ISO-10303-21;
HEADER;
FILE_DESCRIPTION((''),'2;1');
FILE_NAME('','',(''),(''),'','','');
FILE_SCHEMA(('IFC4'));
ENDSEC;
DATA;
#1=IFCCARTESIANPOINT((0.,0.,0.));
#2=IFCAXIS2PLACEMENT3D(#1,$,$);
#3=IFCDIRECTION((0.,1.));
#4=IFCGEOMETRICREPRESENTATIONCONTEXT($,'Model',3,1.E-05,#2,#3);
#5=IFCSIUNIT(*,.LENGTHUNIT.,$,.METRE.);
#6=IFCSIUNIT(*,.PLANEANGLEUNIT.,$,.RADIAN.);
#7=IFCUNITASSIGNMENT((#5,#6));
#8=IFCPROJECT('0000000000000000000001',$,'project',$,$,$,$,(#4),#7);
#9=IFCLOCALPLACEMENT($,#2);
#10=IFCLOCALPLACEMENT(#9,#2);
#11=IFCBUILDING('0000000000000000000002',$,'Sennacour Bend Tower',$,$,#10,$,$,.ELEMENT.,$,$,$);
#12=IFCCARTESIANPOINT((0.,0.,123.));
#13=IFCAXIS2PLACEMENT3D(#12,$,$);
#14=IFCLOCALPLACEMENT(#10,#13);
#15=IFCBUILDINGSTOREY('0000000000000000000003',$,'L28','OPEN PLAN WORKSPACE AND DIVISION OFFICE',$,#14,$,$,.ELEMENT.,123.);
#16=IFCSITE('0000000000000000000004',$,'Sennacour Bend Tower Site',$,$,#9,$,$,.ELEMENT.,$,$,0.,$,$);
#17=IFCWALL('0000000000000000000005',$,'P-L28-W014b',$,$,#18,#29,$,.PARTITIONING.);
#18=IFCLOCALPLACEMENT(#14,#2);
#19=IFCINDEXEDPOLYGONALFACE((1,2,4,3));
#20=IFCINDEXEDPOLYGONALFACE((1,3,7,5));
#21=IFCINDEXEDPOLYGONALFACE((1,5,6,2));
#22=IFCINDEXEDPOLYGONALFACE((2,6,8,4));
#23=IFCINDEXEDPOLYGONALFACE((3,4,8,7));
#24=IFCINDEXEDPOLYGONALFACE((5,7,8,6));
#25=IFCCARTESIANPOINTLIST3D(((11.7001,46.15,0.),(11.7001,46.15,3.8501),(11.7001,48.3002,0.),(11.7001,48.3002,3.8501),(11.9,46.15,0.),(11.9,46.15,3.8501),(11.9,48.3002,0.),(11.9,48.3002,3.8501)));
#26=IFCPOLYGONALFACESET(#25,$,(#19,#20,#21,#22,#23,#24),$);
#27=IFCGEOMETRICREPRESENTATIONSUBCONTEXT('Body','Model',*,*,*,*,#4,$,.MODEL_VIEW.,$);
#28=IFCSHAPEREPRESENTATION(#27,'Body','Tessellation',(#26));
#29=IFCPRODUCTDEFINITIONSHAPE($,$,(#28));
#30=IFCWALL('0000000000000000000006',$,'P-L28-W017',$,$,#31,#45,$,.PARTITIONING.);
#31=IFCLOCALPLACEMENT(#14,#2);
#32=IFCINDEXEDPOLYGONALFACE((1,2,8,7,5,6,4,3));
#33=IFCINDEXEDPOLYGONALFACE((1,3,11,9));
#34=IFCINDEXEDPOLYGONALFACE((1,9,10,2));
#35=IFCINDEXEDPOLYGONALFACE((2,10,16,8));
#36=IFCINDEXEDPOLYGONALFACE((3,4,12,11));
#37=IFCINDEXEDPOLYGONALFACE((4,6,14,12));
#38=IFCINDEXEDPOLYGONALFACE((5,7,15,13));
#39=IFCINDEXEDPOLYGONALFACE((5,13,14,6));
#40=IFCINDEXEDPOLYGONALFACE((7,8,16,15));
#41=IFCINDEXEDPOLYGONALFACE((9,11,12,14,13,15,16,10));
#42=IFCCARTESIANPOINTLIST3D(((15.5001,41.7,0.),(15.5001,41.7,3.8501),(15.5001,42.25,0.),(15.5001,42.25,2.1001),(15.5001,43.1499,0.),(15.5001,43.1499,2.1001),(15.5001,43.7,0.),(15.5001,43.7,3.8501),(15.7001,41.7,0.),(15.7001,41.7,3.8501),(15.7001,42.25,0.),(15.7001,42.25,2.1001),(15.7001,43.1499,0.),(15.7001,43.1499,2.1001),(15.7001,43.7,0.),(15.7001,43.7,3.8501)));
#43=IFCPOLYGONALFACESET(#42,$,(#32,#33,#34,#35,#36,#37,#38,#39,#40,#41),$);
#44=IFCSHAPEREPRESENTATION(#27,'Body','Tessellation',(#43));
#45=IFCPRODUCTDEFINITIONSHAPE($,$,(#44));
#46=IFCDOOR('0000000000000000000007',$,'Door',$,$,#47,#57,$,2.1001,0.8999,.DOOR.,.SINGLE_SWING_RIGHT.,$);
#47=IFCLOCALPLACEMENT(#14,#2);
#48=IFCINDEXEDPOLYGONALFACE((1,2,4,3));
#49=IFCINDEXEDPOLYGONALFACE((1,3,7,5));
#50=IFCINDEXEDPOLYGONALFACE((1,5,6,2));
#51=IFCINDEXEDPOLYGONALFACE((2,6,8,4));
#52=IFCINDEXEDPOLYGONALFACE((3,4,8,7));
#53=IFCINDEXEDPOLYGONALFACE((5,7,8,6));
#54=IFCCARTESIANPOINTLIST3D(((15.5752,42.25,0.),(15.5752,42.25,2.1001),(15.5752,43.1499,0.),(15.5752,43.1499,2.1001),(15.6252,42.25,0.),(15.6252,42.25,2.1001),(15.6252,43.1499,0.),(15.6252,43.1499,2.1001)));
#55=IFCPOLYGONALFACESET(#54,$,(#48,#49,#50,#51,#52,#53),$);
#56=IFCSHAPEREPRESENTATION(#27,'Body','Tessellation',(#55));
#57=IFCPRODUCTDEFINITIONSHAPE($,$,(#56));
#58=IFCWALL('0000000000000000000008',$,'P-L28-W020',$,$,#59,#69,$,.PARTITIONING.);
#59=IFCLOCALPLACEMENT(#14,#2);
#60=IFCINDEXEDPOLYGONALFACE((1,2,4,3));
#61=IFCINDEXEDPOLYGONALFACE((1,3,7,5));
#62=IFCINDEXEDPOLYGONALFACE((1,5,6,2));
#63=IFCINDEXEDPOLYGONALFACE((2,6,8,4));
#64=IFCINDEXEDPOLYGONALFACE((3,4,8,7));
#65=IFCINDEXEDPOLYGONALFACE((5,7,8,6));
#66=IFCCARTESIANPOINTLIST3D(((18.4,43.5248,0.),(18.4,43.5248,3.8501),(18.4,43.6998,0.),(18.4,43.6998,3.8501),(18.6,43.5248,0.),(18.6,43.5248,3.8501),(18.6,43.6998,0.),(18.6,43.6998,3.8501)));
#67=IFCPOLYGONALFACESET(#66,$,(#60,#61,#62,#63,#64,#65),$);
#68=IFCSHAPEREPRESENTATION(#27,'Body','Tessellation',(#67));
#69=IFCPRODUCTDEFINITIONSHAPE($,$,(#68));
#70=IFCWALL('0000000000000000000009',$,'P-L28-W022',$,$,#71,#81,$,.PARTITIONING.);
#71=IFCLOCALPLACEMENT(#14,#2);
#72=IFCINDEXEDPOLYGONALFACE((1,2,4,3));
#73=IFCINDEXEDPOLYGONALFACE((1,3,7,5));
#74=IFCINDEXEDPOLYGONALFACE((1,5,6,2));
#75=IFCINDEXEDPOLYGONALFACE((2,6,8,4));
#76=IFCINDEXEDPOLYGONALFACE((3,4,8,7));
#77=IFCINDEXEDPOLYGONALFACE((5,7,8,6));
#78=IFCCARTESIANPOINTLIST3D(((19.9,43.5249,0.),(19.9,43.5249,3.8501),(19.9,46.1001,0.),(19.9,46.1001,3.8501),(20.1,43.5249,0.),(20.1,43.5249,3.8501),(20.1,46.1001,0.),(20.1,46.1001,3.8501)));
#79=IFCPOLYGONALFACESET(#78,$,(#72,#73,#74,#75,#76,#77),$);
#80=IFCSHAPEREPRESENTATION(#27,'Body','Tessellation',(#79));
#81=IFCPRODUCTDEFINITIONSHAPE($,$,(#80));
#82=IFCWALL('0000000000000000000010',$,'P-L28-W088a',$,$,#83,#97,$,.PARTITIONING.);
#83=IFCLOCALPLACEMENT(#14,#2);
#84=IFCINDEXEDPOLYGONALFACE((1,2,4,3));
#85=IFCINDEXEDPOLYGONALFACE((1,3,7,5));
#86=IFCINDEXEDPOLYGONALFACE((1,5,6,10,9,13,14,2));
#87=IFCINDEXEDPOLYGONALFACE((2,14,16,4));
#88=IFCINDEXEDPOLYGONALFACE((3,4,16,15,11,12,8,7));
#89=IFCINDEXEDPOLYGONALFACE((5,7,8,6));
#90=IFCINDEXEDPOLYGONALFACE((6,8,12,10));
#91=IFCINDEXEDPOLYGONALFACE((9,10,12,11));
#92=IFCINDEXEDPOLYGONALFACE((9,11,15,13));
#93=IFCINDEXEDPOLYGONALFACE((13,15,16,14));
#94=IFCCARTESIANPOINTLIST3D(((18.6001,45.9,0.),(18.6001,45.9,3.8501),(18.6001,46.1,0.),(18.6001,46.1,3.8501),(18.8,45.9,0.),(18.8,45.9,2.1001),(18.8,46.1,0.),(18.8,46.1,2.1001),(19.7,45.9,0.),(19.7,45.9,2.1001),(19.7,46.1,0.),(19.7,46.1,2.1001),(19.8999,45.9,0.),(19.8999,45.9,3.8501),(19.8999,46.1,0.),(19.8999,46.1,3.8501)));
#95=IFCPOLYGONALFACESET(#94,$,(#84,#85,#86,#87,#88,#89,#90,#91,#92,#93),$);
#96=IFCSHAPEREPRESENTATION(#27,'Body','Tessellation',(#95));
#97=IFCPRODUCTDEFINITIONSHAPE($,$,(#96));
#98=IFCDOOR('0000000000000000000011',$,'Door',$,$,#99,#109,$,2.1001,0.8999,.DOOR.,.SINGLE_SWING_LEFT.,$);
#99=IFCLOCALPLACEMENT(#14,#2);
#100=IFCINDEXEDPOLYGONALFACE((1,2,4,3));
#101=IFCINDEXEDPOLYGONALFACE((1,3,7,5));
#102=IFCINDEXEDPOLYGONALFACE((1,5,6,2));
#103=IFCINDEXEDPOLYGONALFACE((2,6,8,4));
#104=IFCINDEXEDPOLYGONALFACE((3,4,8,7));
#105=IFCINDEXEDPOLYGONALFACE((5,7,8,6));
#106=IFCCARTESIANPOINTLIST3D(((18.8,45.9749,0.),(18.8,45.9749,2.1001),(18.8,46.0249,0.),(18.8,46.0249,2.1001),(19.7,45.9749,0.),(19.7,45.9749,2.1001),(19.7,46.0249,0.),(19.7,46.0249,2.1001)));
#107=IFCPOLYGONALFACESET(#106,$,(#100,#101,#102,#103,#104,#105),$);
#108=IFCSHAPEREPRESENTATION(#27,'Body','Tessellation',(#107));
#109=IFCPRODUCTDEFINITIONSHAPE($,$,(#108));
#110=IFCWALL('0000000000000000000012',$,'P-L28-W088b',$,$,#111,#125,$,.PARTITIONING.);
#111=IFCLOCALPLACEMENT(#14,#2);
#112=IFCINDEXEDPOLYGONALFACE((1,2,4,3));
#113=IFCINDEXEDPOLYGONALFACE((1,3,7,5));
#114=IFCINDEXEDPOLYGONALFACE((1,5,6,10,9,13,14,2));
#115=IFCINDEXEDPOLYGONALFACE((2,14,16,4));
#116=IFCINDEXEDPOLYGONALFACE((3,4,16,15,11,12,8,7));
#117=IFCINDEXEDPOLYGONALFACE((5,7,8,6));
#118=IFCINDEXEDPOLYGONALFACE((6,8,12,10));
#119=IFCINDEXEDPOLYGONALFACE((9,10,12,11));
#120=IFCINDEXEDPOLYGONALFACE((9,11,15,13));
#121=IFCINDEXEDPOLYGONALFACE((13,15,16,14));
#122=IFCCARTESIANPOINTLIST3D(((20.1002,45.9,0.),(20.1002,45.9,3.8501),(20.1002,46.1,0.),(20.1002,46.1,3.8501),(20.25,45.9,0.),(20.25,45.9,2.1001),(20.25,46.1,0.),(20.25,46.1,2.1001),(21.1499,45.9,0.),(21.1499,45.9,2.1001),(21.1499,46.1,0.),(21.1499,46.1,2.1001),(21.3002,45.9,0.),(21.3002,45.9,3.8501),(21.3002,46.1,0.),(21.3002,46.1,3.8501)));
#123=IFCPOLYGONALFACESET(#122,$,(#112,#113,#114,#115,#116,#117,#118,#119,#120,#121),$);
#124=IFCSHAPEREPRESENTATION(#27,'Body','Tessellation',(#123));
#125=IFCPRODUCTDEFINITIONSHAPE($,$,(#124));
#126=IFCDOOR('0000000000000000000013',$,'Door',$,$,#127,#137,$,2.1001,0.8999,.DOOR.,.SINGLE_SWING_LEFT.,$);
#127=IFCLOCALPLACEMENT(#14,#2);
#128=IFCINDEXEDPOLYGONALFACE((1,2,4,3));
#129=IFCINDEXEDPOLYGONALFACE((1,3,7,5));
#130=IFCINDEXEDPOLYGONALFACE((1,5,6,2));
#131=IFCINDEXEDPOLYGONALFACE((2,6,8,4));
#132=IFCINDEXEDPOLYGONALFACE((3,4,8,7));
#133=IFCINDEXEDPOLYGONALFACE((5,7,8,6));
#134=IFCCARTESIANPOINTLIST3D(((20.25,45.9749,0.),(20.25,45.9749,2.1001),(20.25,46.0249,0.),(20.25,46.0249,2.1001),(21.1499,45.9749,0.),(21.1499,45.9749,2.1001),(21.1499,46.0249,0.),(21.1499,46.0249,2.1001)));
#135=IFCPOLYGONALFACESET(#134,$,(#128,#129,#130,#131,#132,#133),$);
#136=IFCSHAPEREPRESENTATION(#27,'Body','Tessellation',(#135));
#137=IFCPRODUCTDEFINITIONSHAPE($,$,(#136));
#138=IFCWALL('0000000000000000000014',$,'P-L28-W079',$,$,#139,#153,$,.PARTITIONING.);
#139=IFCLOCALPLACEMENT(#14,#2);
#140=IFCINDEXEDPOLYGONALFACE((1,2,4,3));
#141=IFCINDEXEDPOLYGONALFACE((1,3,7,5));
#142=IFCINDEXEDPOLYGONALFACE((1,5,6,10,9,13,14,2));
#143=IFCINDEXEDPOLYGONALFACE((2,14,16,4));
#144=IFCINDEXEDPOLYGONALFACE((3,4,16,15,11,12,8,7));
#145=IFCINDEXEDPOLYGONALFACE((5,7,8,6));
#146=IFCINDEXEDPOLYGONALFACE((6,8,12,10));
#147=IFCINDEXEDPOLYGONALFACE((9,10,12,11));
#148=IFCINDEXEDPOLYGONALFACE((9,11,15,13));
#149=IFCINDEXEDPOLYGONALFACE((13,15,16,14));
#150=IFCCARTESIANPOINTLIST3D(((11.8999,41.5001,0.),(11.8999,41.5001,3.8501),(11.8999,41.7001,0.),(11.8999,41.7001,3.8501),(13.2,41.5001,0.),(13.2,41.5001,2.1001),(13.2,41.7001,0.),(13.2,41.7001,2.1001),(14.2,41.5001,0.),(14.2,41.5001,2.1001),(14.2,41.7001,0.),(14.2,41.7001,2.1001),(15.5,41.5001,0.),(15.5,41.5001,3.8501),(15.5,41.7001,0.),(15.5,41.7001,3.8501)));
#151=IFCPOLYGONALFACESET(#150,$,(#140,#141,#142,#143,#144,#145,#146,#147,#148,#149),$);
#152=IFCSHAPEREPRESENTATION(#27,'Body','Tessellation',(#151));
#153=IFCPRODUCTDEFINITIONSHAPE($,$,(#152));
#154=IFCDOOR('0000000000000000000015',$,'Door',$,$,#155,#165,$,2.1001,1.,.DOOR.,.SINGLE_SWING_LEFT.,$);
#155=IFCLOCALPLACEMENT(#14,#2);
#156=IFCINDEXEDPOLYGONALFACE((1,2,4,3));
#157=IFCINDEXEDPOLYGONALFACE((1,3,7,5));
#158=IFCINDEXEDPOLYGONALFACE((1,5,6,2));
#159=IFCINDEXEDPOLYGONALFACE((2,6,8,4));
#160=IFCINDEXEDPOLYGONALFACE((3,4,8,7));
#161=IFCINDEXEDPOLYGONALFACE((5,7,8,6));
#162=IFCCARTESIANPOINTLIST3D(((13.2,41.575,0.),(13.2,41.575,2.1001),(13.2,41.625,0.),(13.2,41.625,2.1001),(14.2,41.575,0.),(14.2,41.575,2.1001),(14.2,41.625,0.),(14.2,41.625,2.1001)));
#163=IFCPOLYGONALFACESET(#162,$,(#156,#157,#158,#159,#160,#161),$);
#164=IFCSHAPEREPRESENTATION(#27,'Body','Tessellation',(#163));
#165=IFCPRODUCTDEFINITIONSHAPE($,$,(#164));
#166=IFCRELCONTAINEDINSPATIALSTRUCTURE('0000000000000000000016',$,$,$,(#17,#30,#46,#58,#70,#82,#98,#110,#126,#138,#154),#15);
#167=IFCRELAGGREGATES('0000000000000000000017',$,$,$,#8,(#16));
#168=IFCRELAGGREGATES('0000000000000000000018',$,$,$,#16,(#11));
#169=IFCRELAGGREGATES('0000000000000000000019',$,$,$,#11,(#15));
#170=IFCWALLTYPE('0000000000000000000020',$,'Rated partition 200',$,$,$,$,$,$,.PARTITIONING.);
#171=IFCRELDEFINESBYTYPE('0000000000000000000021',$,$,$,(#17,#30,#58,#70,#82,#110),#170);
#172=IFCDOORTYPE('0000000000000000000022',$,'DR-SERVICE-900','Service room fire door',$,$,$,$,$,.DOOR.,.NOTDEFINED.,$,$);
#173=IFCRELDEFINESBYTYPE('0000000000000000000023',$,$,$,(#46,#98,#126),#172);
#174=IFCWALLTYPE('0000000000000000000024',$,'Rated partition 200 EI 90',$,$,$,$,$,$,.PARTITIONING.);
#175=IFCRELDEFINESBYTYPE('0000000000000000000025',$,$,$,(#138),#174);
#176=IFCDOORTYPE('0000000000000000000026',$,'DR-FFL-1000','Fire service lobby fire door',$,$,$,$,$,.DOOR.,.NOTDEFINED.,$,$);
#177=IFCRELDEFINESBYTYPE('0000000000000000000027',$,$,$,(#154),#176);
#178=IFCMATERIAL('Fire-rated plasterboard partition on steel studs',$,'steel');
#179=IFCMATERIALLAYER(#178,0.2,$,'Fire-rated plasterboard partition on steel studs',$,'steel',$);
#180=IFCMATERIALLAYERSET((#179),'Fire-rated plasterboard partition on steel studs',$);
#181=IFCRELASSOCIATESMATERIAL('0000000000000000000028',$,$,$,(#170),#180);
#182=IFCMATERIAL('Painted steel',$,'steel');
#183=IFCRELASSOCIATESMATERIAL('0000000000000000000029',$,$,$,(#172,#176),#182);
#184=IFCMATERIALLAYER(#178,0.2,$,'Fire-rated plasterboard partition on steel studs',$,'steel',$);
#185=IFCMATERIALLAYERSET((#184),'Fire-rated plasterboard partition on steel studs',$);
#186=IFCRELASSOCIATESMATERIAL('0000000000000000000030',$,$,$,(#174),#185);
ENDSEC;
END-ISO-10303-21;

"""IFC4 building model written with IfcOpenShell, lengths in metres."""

from ifc_helpers import new_model, si_unit, direction, frame, frame_2d, origin, place, context, subcontext, project, spatial, rectangle, extrude, material, layer, layer_set, type_object, element, fill, save


model = new_model("IFC4")

# Units and contexts
model_context = context("Model", 3, precision=1e-05, world=origin(), true_north=direction((0.0, 1.0)))
body_context = subcontext(model_context, "Body", "Model", "MODEL_VIEW")
ifc_project = project(units=[si_unit("LENGTHUNIT", "METRE"), si_unit("PLANEANGLEUNIT", "RADIAN")], contexts=[model_context])

# Site, building, storey
site_placement = place(None, origin())
site = spatial("IfcSite", under=ifc_project, at=site_placement, Name="Sennacour Bend Tower Site", CompositionType="ELEMENT", RefElevation=0.0)
building_placement = place(site_placement, origin())
building = spatial("IfcBuilding", under=site, at=building_placement, Name="Sennacour Bend Tower", CompositionType="ELEMENT")
storey_placement = place(building_placement, frame((0.0, 0.0, 123.0)))
storey = spatial("IfcBuildingStorey", under=building, at=storey_placement, Name="L28", Description="OPEN PLAN WORKSPACE AND DIVISION OFFICE", CompositionType="ELEMENT", Elevation=123.0)

# Wall
ifc_material_1 = material(Name="Fire-rated plasterboard partition on steel studs", Category="steel")
ifc_layer_1 = layer(ifc_material_1, 0.2, Name="Fire-rated plasterboard partition on steel studs", Category="steel")
ifc_layer_set_1 = layer_set([ifc_layer_1], Name="Fire-rated plasterboard partition on steel studs")
wall_type_1 = type_object("IfcWallType", Name="Rated partition 200", PredefinedType="PARTITIONING", material=ifc_layer_set_1)
wall_1_placement = place(storey_placement, frame((11.8, 46.1499, 0.0), z_axis=(0.0, 0.0, 1.0), x_axis=(0.0, 1.0, 0.0)))
element("IfcWall", 1, at=wall_1_placement, inside=storey, type_object=wall_type_1, Name="P-L28-W014b", PredefinedType="PARTITIONING", context=body_context, shape_type="SweptSolid", body=[
    extrude(rectangle(XDim=2.1501, YDim=0.2, at=frame_2d((1.0752, 0.0))), origin(), (0.0, 0.0, 1.0), 3.8501),
])

# Wall, opening, door
wall_2_placement = place(storey_placement, frame((15.6001, 41.7, 0.0), z_axis=(0.0, 0.0, 1.0), x_axis=(0.0, 1.0, 0.0)))
wall_2 = element("IfcWall", 2, at=wall_2_placement, inside=storey, type_object=wall_type_1, Name="P-L28-W017", PredefinedType="PARTITIONING", context=body_context, shape_type="SweptSolid", body=[
    extrude(rectangle(XDim=2.0, YDim=0.2, at=frame_2d((1.0, 0.0))), origin(), (0.0, 0.0, 1.0), 3.8501),
])
opening_1_placement = place(wall_2_placement, frame((0.55, 0.0, 0.0)))
opening_1 = element("IfcOpeningElement", 3, at=opening_1_placement, cuts=wall_2, PredefinedType="OPENING", context=body_context, shape_type="SweptSolid", body=[
    extrude(rectangle(XDim=0.8999, YDim=2.1001, at=frame_2d((0.45, 1.05))), frame((0.0, 0.1099, 0.0), z_axis=(0.0, -1.0, 0.0), x_axis=(1.0, 0.0, 0.0)), (0.0, 0.0, 1.0), 0.22),
])
ifc_material_2 = material(Name="Painted steel", Category="steel")
door_type_1 = type_object("IfcDoorType", Name="DR-SERVICE-900", Description="Service room fire door", OperationType="NOTDEFINED", PredefinedType="DOOR", material=ifc_material_2)
door_1_placement = place(opening_1_placement, origin())
door_1 = element("IfcDoor", 4, at=door_1_placement, inside=storey, type_object=door_type_1, Name="Door", OperationType="SINGLE_SWING_RIGHT", OverallHeight=2.1001, OverallWidth=0.8999, PredefinedType="DOOR", context=body_context, shape_type="SweptSolid", body=[
    extrude(rectangle(XDim=0.8999, YDim=2.1001, at=frame_2d((0.45, 1.05))), frame((0.0, 0.0249, 0.0), z_axis=(0.0, -1.0, 0.0), x_axis=(1.0, 0.0, 0.0)), (0.0, 0.0, 1.0), 0.05),
])
fill(opening_1, door_1)

# Walls
wall_3_placement = place(storey_placement, frame((18.5, 43.5249, 0.0), z_axis=(0.0, 0.0, 1.0), x_axis=(0.0, 1.0, 0.0)))
element("IfcWall", 5, at=wall_3_placement, inside=storey, type_object=wall_type_1, Name="P-L28-W020", PredefinedType="PARTITIONING", context=body_context, shape_type="SweptSolid", body=[
    extrude(rectangle(XDim=0.175, YDim=0.2, at=frame_2d((0.0874, 0.0))), origin(), (0.0, 0.0, 1.0), 3.8501),
])
wall_4_placement = place(storey_placement, frame((20.0, 43.5249, 0.0), z_axis=(0.0, 0.0, 1.0), x_axis=(0.0, 1.0, 0.0)))
element("IfcWall", 6, at=wall_4_placement, inside=storey, type_object=wall_type_1, Name="P-L28-W022", PredefinedType="PARTITIONING", context=body_context, shape_type="SweptSolid", body=[
    extrude(rectangle(XDim=2.5752, YDim=0.2, at=frame_2d((1.2876, 0.0))), origin(), (0.0, 0.0, 1.0), 3.8501),
])

# Walls, openings, doors
wall_5_placement = place(storey_placement, frame((18.6001, 46.0, 0.0), z_axis=(0.0, 0.0, 1.0), x_axis=(1.0, 0.0, 0.0)))
wall_5 = element("IfcWall", 7, at=wall_5_placement, inside=storey, type_object=wall_type_1, Name="P-L28-W088a", PredefinedType="PARTITIONING", context=body_context, shape_type="SweptSolid", body=[
    extrude(rectangle(XDim=1.2998, YDim=0.2, at=frame_2d((0.6499, 0.0))), origin(), (0.0, 0.0, 1.0), 3.8501),
])
opening_2_placement = place(wall_5_placement, frame((0.2, 0.0, 0.0)))
opening_2 = element("IfcOpeningElement", 8, at=opening_2_placement, cuts=wall_5, PredefinedType="OPENING", context=body_context, shape_type="SweptSolid", body=[
    extrude(rectangle(XDim=0.8999, YDim=2.1001, at=frame_2d((0.45, 1.05))), frame((0.0, 0.1099, 0.0), z_axis=(0.0, -1.0, 0.0), x_axis=(1.0, 0.0, 0.0)), (0.0, 0.0, 1.0), 0.22),
])
door_2_placement = place(opening_2_placement, origin())
door_2 = element("IfcDoor", 9, at=door_2_placement, inside=storey, type_object=door_type_1, Name="Door", OperationType="SINGLE_SWING_LEFT", OverallHeight=2.1001, OverallWidth=0.8999, PredefinedType="DOOR", context=body_context, shape_type="SweptSolid", body=[
    extrude(rectangle(XDim=0.8999, YDim=2.1001, at=frame_2d((0.45, 1.05))), frame((0.0, 0.0249, 0.0), z_axis=(0.0, -1.0, 0.0), x_axis=(1.0, 0.0, 0.0)), (0.0, 0.0, 1.0), 0.05),
])
fill(opening_2, door_2)
wall_6_placement = place(storey_placement, frame((20.1001, 46.0, 0.0), z_axis=(0.0, 0.0, 1.0), x_axis=(1.0, 0.0, 0.0)))
wall_6 = element("IfcWall", 10, at=wall_6_placement, inside=storey, type_object=wall_type_1, Name="P-L28-W088b", PredefinedType="PARTITIONING", context=body_context, shape_type="SweptSolid", body=[
    extrude(rectangle(XDim=1.2, YDim=0.2, at=frame_2d((0.6001, 0.0))), origin(), (0.0, 0.0, 1.0), 3.8501),
])
opening_3_placement = place(wall_6_placement, frame((0.1499, 0.0, 0.0)))
opening_3 = element("IfcOpeningElement", 11, at=opening_3_placement, cuts=wall_6, PredefinedType="OPENING", context=body_context, shape_type="SweptSolid", body=[
    extrude(rectangle(XDim=0.8999, YDim=2.1001, at=frame_2d((0.45, 1.05))), frame((0.0, 0.1099, 0.0), z_axis=(0.0, -1.0, 0.0), x_axis=(1.0, 0.0, 0.0)), (0.0, 0.0, 1.0), 0.22),
])
door_3_placement = place(opening_3_placement, origin())
door_3 = element("IfcDoor", 12, at=door_3_placement, inside=storey, type_object=door_type_1, Name="Door", OperationType="SINGLE_SWING_LEFT", OverallHeight=2.1001, OverallWidth=0.8999, PredefinedType="DOOR", context=body_context, shape_type="SweptSolid", body=[
    extrude(rectangle(XDim=0.8999, YDim=2.1001, at=frame_2d((0.45, 1.05))), frame((0.0, 0.0249, 0.0), z_axis=(0.0, -1.0, 0.0), x_axis=(1.0, 0.0, 0.0)), (0.0, 0.0, 1.0), 0.05),
])
fill(opening_3, door_3)
ifc_layer_2 = layer(ifc_material_1, 0.2, Name="Fire-rated plasterboard partition on steel studs", Category="steel")
ifc_layer_set_2 = layer_set([ifc_layer_2], Name="Fire-rated plasterboard partition on steel studs")
wall_type_2 = type_object("IfcWallType", Name="Rated partition 200 EI 90", PredefinedType="PARTITIONING", material=ifc_layer_set_2)
wall_7_placement = place(storey_placement, frame((11.8999, 41.6001, 0.0), z_axis=(0.0, 0.0, 1.0), x_axis=(1.0, 0.0, 0.0)))
wall_7 = element("IfcWall", 13, at=wall_7_placement, inside=storey, type_object=wall_type_2, Name="P-L28-W079", PredefinedType="PARTITIONING", context=body_context, shape_type="SweptSolid", body=[
    extrude(rectangle(XDim=3.6001, YDim=0.2, at=frame_2d((1.8, 0.0))), origin(), (0.0, 0.0, 1.0), 3.8501),
])
opening_4_placement = place(wall_7_placement, frame((1.3, 0.0, 0.0)))
opening_4 = element("IfcOpeningElement", 14, at=opening_4_placement, cuts=wall_7, PredefinedType="OPENING", context=body_context, shape_type="SweptSolid", body=[
    extrude(rectangle(XDim=1.0, YDim=2.1001, at=frame_2d((0.5, 1.05))), frame((0.0, 0.1099, 0.0), z_axis=(0.0, -1.0, 0.0), x_axis=(1.0, 0.0, 0.0)), (0.0, 0.0, 1.0), 0.22),
])
door_type_2 = type_object("IfcDoorType", Name="DR-FFL-1000", Description="Fire service lobby fire door", OperationType="NOTDEFINED", PredefinedType="DOOR", material=ifc_material_2)
door_4_placement = place(opening_4_placement, origin())
door_4 = element("IfcDoor", 15, at=door_4_placement, inside=storey, type_object=door_type_2, Name="Door", OperationType="SINGLE_SWING_LEFT", OverallHeight=2.1001, OverallWidth=1.0, PredefinedType="DOOR", context=body_context, shape_type="SweptSolid", body=[
    extrude(rectangle(XDim=1.0, YDim=2.1001, at=frame_2d((0.5, 1.05))), frame((0.0, 0.0249, 0.0), z_axis=(0.0, -1.0, 0.0), x_axis=(1.0, 0.0, 0.0)), (0.0, 0.0, 1.0), 0.05),
])
fill(opening_4, door_4)

save(model, "model.ifc")
